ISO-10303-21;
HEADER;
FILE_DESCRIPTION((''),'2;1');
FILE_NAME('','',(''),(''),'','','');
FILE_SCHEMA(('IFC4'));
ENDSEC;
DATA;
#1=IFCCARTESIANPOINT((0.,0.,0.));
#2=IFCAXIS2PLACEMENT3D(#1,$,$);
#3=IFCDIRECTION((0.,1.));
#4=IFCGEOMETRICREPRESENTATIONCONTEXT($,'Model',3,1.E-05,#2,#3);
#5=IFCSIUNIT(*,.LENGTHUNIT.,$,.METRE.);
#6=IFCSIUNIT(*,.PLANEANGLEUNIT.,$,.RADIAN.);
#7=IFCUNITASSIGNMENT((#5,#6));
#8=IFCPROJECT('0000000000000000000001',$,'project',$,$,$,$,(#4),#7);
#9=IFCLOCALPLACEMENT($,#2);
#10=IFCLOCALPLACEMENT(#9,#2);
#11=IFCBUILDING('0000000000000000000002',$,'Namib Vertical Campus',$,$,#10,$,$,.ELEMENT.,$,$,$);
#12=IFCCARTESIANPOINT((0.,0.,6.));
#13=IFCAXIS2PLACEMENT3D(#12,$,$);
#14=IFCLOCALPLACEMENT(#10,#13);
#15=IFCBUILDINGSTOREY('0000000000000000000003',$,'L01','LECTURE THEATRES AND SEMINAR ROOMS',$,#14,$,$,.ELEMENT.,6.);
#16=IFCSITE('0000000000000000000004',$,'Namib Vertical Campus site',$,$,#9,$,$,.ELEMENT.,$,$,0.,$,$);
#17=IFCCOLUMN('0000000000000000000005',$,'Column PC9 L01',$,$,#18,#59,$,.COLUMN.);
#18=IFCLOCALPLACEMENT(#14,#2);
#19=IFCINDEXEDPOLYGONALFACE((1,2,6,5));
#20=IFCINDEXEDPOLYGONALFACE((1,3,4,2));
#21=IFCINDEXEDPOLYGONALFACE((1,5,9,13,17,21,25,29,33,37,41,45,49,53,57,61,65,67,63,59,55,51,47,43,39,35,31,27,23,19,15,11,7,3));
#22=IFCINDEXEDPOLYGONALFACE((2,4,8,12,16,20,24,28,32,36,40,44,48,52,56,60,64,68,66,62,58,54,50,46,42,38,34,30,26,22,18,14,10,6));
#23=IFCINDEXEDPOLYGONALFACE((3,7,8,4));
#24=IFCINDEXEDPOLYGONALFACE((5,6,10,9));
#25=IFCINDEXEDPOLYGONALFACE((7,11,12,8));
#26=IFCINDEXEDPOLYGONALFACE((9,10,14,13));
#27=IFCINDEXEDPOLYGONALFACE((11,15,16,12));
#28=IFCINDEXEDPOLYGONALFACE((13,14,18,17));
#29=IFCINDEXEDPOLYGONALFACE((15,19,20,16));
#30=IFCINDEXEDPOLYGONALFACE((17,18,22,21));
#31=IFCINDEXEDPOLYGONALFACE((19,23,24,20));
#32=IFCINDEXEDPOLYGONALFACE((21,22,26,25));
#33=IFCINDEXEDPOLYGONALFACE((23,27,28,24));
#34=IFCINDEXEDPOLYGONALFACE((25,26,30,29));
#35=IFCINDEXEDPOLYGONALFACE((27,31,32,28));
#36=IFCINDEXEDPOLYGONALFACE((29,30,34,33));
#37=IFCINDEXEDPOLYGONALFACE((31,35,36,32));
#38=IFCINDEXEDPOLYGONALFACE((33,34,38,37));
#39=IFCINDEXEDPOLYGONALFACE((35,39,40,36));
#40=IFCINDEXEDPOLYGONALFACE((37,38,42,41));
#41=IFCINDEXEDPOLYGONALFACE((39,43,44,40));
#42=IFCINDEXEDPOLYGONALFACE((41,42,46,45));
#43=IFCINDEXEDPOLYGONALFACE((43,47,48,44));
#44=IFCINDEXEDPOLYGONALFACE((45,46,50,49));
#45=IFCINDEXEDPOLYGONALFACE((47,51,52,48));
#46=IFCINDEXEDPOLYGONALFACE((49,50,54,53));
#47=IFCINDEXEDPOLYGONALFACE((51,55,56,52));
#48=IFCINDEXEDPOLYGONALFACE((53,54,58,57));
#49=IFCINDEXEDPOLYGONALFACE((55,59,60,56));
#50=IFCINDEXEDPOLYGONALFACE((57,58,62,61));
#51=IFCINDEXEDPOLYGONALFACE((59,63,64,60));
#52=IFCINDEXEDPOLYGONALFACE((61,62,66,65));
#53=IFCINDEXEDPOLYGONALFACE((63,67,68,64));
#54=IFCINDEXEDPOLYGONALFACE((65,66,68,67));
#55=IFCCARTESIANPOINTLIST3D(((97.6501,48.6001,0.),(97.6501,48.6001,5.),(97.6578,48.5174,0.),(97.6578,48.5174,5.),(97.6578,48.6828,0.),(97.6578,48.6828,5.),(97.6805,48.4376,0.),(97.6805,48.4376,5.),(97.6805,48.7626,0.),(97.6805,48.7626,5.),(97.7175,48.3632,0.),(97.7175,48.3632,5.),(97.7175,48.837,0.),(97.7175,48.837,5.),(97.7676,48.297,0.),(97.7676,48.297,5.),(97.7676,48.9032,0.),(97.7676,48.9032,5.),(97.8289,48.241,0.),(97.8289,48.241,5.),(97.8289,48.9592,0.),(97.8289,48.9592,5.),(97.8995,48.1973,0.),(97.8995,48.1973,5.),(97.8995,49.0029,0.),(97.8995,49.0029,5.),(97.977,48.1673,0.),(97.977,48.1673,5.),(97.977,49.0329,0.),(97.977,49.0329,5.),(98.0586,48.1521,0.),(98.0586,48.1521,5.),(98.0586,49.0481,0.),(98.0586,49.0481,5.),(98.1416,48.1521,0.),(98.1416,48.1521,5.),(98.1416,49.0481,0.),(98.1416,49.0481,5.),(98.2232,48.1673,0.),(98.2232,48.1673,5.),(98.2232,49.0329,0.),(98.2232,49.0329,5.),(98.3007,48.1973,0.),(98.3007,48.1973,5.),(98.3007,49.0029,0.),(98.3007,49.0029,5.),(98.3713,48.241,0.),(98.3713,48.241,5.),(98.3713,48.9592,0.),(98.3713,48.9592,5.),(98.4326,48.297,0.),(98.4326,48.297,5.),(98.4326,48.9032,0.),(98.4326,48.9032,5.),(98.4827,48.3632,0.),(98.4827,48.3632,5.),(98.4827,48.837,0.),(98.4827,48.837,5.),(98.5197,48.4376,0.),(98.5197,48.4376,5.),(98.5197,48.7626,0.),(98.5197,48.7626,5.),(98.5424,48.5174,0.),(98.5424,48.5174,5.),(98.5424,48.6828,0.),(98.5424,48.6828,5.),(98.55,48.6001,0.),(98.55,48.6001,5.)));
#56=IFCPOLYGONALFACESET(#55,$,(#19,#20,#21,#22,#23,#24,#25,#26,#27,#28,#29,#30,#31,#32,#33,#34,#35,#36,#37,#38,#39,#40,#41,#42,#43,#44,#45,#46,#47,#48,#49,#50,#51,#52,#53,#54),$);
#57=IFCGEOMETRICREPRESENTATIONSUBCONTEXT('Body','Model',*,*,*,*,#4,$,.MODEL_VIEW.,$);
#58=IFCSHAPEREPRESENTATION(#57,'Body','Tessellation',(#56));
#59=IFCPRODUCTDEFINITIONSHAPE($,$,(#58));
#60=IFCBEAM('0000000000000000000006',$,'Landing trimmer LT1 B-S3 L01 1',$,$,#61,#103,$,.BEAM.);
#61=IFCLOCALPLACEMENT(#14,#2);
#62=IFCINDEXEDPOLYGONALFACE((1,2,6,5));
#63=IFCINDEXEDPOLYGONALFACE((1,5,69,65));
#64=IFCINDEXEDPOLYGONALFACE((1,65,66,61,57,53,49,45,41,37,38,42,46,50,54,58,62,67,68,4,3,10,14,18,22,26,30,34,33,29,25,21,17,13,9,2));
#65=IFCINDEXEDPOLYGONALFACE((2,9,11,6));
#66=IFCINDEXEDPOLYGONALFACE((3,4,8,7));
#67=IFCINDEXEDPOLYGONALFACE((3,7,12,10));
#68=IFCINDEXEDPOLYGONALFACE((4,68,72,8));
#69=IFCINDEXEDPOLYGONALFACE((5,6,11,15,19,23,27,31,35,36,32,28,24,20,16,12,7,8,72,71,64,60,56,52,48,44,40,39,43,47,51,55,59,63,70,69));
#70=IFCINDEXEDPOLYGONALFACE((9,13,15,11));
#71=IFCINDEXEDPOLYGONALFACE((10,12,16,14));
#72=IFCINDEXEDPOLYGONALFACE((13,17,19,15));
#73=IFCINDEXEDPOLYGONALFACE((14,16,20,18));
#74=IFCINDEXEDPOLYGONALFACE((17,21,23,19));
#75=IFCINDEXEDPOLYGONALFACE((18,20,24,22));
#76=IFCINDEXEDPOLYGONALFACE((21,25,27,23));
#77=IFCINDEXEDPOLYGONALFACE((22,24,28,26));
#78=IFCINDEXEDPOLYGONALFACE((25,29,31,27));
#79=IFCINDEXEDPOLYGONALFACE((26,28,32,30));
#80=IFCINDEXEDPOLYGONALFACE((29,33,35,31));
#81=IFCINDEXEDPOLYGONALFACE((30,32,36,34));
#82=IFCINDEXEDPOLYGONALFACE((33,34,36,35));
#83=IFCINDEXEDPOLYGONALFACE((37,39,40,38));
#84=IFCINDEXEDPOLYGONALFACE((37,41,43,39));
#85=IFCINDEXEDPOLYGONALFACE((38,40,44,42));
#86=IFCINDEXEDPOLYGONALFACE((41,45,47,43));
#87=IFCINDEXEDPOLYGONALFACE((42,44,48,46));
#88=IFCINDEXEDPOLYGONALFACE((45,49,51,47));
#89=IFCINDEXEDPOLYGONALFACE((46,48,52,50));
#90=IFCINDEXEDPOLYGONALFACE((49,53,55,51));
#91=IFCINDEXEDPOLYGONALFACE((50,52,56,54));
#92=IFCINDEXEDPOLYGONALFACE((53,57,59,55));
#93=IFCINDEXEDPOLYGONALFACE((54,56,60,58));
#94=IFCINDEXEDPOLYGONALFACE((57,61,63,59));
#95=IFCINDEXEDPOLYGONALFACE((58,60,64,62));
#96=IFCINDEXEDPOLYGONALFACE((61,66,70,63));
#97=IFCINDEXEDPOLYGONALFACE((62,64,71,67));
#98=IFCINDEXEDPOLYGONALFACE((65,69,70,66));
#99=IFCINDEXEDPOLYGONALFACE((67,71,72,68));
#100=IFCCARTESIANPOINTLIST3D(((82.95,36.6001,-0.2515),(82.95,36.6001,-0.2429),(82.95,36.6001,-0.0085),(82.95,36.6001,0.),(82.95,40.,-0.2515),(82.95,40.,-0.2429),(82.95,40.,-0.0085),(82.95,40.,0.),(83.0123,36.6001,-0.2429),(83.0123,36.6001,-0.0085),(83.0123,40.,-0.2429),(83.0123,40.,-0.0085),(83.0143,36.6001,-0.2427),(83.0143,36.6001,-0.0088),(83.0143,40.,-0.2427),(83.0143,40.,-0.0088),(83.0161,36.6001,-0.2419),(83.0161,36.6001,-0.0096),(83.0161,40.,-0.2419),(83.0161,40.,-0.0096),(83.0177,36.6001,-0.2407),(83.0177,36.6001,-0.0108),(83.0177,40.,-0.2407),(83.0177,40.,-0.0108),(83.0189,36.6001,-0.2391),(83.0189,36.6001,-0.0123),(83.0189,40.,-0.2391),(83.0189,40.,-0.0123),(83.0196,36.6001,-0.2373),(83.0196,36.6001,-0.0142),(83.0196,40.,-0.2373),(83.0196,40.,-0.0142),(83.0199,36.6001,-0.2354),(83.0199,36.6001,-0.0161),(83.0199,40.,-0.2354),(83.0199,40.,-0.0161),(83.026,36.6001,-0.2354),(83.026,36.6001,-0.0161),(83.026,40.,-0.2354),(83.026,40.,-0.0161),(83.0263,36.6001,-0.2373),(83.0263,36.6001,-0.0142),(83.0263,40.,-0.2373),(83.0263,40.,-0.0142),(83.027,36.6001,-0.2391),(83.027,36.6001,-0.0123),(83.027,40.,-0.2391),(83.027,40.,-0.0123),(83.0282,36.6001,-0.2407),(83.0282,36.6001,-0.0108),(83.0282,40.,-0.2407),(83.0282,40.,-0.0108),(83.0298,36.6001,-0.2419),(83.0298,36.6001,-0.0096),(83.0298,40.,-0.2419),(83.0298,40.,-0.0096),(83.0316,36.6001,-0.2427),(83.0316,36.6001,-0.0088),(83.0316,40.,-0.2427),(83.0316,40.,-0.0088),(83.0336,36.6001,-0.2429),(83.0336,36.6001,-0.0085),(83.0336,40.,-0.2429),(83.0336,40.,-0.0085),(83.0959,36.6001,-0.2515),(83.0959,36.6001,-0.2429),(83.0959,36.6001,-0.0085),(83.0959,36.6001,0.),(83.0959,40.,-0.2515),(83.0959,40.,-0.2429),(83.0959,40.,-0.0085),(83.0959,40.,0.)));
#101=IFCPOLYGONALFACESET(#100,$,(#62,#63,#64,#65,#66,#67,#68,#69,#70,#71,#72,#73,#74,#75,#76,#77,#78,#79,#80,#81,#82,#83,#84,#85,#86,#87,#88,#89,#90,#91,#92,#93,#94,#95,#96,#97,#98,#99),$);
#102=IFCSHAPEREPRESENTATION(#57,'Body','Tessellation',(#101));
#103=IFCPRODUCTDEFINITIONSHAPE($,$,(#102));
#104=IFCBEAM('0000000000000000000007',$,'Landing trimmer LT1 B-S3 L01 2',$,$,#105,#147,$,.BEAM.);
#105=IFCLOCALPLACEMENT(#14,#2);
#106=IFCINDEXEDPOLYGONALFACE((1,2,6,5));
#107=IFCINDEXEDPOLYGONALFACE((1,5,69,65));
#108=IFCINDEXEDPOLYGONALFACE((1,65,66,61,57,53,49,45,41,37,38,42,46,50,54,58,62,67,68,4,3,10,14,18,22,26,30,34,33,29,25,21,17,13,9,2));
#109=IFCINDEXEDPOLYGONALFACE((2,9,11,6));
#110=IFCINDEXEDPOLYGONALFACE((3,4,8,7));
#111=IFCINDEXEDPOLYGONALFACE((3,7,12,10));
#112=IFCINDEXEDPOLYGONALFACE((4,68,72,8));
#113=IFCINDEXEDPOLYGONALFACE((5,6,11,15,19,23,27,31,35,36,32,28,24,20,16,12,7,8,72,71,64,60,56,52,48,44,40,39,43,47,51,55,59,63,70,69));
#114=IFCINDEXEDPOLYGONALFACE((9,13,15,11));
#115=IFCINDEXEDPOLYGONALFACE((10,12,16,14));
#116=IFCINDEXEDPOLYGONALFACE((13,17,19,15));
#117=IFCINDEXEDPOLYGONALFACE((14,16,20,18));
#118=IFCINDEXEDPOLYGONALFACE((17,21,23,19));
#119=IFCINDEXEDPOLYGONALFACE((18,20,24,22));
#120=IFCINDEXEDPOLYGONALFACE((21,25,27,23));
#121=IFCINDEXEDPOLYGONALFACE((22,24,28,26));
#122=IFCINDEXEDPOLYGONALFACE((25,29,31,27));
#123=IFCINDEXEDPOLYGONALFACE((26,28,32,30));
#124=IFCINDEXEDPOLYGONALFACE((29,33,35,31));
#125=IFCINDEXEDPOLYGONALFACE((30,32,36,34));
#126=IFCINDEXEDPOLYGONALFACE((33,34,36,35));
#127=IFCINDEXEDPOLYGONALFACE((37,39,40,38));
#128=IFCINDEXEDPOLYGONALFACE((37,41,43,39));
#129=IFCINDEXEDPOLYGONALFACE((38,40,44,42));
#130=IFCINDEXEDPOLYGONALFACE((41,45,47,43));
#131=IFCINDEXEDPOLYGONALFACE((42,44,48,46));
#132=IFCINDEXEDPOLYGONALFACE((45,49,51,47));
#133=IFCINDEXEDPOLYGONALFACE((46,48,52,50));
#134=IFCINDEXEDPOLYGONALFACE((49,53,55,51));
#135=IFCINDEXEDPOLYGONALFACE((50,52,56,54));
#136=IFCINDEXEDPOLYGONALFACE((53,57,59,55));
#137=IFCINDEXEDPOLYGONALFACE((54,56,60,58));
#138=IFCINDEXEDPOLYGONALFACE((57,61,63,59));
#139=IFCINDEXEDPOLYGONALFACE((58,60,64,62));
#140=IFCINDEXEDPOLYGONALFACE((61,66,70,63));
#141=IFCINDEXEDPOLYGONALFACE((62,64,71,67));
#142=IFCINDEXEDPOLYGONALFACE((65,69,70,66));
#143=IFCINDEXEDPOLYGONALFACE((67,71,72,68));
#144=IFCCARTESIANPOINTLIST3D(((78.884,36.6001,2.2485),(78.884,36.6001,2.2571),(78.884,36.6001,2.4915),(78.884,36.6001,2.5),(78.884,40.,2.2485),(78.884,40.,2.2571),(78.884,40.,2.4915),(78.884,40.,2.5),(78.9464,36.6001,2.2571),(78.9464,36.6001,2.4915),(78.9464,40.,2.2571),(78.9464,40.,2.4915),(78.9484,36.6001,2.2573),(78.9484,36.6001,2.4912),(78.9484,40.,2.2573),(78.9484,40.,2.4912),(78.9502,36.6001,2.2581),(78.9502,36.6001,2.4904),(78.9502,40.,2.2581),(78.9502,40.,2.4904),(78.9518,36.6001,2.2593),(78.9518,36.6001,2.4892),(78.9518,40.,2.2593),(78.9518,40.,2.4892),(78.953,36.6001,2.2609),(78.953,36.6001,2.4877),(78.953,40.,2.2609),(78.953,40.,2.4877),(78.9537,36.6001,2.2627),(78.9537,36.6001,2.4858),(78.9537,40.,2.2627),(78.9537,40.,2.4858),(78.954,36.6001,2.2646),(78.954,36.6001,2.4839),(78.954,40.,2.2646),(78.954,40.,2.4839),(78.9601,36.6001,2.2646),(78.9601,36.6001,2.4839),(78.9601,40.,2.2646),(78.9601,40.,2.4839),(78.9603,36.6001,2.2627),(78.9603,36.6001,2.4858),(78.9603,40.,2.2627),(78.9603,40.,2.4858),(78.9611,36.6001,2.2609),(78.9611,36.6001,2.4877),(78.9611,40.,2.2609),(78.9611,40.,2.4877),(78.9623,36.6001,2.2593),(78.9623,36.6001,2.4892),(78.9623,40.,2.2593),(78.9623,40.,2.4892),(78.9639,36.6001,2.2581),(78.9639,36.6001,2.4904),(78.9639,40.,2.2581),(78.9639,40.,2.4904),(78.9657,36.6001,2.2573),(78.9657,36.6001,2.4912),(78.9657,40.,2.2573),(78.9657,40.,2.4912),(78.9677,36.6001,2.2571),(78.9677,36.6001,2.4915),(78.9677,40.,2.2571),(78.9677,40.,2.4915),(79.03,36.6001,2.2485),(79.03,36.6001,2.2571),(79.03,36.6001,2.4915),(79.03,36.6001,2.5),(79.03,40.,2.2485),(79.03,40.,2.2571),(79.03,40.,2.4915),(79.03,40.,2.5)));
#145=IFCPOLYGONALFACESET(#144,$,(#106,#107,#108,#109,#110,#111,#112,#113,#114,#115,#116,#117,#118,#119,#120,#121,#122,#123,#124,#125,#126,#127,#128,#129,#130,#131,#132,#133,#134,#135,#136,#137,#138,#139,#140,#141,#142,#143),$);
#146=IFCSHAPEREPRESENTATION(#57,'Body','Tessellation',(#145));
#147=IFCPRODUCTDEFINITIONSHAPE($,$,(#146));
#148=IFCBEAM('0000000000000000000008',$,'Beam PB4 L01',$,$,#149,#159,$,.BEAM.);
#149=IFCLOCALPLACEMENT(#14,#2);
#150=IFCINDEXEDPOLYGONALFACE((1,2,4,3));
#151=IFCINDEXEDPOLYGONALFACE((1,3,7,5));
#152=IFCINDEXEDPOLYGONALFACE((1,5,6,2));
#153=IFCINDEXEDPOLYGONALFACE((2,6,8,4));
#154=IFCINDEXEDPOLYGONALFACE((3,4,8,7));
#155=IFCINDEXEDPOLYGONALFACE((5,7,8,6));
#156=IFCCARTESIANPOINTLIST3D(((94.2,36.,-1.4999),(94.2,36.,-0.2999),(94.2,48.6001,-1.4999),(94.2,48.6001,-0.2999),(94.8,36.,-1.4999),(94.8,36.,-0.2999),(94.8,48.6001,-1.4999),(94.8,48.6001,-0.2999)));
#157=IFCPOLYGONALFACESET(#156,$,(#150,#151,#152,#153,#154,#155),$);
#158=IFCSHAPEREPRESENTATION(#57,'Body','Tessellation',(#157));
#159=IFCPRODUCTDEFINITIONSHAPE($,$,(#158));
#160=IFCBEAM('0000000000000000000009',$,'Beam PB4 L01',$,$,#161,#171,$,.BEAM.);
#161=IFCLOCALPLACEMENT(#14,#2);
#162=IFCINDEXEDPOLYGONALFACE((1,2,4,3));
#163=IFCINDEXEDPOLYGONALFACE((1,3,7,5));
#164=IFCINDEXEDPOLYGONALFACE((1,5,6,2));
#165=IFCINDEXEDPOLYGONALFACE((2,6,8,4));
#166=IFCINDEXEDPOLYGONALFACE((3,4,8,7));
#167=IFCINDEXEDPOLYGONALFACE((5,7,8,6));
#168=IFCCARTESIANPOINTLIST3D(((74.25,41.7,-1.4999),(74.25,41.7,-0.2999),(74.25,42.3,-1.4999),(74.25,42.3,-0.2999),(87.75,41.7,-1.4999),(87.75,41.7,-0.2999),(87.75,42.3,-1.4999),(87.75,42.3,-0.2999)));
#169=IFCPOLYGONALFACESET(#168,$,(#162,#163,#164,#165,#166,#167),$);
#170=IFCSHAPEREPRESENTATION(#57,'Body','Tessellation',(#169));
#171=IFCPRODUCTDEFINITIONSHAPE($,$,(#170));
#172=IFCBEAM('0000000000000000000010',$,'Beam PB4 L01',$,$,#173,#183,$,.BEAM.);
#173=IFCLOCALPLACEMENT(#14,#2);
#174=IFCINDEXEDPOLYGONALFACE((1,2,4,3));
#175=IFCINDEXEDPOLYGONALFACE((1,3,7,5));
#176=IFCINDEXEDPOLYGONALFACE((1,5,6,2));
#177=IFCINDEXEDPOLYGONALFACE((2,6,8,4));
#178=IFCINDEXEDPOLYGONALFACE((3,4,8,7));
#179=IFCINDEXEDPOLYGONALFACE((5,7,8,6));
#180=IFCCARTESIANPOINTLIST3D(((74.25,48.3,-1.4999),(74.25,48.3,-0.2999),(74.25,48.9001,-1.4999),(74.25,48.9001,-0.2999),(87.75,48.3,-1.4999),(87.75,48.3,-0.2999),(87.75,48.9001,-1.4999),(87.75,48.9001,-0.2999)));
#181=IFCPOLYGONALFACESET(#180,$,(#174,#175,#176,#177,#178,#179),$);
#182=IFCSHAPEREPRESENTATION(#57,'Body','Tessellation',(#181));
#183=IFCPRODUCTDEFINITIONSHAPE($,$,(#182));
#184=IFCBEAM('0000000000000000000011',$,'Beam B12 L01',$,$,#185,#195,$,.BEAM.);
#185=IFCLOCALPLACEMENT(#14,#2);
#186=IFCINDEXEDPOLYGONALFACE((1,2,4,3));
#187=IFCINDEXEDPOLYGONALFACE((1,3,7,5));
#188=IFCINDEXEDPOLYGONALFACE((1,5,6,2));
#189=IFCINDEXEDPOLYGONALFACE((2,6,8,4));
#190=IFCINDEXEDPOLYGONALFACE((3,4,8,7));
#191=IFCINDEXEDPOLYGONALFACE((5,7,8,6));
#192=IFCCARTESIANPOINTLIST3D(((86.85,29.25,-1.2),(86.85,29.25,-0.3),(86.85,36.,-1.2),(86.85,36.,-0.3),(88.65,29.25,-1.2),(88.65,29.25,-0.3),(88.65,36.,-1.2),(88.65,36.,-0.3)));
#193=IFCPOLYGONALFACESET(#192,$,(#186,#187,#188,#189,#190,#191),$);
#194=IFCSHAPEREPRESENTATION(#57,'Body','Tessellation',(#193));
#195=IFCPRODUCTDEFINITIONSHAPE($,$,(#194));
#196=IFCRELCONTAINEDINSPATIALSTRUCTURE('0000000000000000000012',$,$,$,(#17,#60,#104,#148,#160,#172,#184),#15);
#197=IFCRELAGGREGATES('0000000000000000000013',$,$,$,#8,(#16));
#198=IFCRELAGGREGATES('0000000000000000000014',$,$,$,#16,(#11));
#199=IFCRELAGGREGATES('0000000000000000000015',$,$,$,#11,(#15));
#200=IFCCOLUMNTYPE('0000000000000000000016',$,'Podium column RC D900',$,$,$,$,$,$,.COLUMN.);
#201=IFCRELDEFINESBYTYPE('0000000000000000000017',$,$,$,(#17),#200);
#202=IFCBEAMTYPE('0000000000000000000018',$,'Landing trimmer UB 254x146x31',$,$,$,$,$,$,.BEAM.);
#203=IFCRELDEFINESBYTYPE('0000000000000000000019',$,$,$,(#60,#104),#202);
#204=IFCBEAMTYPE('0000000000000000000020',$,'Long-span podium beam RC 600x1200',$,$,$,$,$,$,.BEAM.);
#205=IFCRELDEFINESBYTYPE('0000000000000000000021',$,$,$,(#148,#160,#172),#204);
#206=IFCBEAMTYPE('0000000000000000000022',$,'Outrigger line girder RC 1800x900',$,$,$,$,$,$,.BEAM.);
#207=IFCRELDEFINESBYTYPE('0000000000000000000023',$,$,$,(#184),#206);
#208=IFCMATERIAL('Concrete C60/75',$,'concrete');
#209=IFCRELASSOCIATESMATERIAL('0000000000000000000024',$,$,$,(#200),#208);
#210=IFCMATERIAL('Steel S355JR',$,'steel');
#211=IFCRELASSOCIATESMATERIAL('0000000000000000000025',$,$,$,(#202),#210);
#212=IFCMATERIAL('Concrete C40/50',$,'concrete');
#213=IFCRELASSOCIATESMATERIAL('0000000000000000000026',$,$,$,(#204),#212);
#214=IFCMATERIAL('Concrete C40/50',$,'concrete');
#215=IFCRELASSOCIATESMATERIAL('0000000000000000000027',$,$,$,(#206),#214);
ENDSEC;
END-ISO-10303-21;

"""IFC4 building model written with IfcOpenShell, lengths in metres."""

from ifc_helpers import new_model, si_unit, direction, frame, origin, origin_2d, place, context, subcontext, project, spatial, rectangle, circle, i_section, extrude, material, material_profile, profile_set, type_object, element, save


model = new_model("IFC4")

# Units and contexts
model_context = context("Model", 3, precision=1e-05, world=origin(), true_north=direction((0.0, 1.0)))
body_context = subcontext(model_context, "Body", "Model", "MODEL_VIEW")
ifc_project = project(units=[si_unit("LENGTHUNIT", "METRE"), si_unit("PLANEANGLEUNIT", "RADIAN")], contexts=[model_context])

# Site, building, storey
site_placement = place(None, origin())
site = spatial("IfcSite", under=ifc_project, at=site_placement, Name="Namib Vertical Campus site", CompositionType="ELEMENT", RefElevation=0.0)
building_placement = place(site_placement, origin())
building = spatial("IfcBuilding", under=site, at=building_placement, Name="Namib Vertical Campus", CompositionType="ELEMENT")
storey_placement = place(building_placement, frame((0.0, 0.0, 6.0)))
storey = spatial("IfcBuildingStorey", under=building, at=storey_placement, Name="L01", Description="LECTURE THEATRES AND SEMINAR ROOMS", CompositionType="ELEMENT", Elevation=6.0)

# Column
ifc_material_1 = material(Name="Concrete C60/75", Category="concrete")
ifc_material_profile_1 = material_profile(ifc_material_1, circle(Radius=0.45, at=origin_2d()))
ifc_profile_set_1 = profile_set([ifc_material_profile_1], Name="Concrete C60/75")
column_type_1 = type_object("IfcColumnType", Name="Podium column RC D900", PredefinedType="COLUMN", material=ifc_profile_set_1)
for number, where, z_axis, x_axis, name in (
    (1, (98.1001, 48.6001, 0.0), (0.0, 0.0, 1.0), (1.0, 0.0, 0.0), "Column PC9 L01"),
):
    element("IfcColumn", number, at=place(storey_placement, frame(where, z_axis=z_axis, x_axis=x_axis)), inside=storey, type_object=column_type_1, Name=name, PredefinedType="COLUMN", context=body_context, shape_type="SweptSolid", body=[
        extrude(circle(Radius=0.45, at=origin_2d()), origin(), (0.0, 0.0, 1.0), 5.0),
    ])

# Beams
ifc_material_2 = material(Name="Steel S355JR", Category="steel")
ifc_material_profile_2 = material_profile(ifc_material_2, i_section(OverallWidth=0.146, OverallDepth=0.2515, WebThickness=0.0061, FlangeThickness=0.0085, FilletRadius=0.0076, at=origin_2d()))
ifc_profile_set_2 = profile_set([ifc_material_profile_2], Name="Steel S355JR")
beam_type_1 = type_object("IfcBeamType", Name="Landing trimmer UB 254x146x31", PredefinedType="BEAM", material=ifc_profile_set_2)
for number, where, z_axis, x_axis, name in (
    (2, (83.0229, 36.6001, -0.1257), (0.0, 1.0, 0.0), (-1.0, 0.0, 0.0), "Landing trimmer LT1 B-S3 L01 1"),
    (3, (78.957, 36.6001, 2.3743), (0.0, 1.0, 0.0), (-1.0, 0.0, 0.0), "Landing trimmer LT1 B-S3 L01 2"),
):
    element("IfcBeam", number, at=place(storey_placement, frame(where, z_axis=z_axis, x_axis=x_axis)), inside=storey, type_object=beam_type_1, Name=name, PredefinedType="BEAM", context=body_context, shape_type="SweptSolid", body=[
        extrude(i_section(OverallWidth=0.146, OverallDepth=0.2515, WebThickness=0.0061, FlangeThickness=0.0085, FilletRadius=0.0076, at=origin_2d()), origin(), (0.0, 0.0, 1.0), 3.3999),
    ])
ifc_material_3 = material(Name="Concrete C40/50", Category="concrete")
ifc_material_profile_3 = material_profile(ifc_material_3, rectangle(XDim=0.6001, YDim=1.2, at=origin_2d()))
ifc_profile_set_3 = profile_set([ifc_material_profile_3], Name="Concrete C40/50")
beam_type_2 = type_object("IfcBeamType", Name="Long-span podium beam RC 600x1200", PredefinedType="BEAM", material=ifc_profile_set_3)
beam_1_placement = place(storey_placement, frame((94.5, 36.0, -0.8999), z_axis=(0.0, 1.0, 0.0), x_axis=(-1.0, 0.0, 0.0)))
element("IfcBeam", 4, at=beam_1_placement, inside=storey, type_object=beam_type_2, Name="Beam PB4 L01", PredefinedType="BEAM", context=body_context, shape_type="SweptSolid", body=[
    extrude(rectangle(XDim=0.6001, YDim=1.2, at=origin_2d()), origin(), (0.0, 0.0, 1.0), 12.6001),
])
for number, where, z_axis, x_axis, name in (
    (5, (74.25, 42.0, -0.8999), (1.0, 0.0, 0.0), (0.0, 1.0, 0.0), "Beam PB4 L01"),
    (6, (74.25, 48.6001, -0.8999), (1.0, 0.0, 0.0), (0.0, 1.0, 0.0), "Beam PB4 L01"),
):
    element("IfcBeam", number, at=place(storey_placement, frame(where, z_axis=z_axis, x_axis=x_axis)), inside=storey, type_object=beam_type_2, Name=name, PredefinedType="BEAM", context=body_context, shape_type="SweptSolid", body=[
        extrude(rectangle(XDim=0.6001, YDim=1.2, at=origin_2d()), origin(), (0.0, 0.0, 1.0), 13.5),
    ])
ifc_material_4 = material(Name="Concrete C40/50", Category="concrete")
ifc_material_profile_4 = material_profile(ifc_material_4, rectangle(XDim=1.8, YDim=0.8999, at=origin_2d()))
ifc_profile_set_4 = profile_set([ifc_material_profile_4], Name="Concrete C40/50")
beam_type_3 = type_object("IfcBeamType", Name="Outrigger line girder RC 1800x900", PredefinedType="BEAM", material=ifc_profile_set_4)
beam_2_placement = place(storey_placement, frame((87.75, 36.0, -0.75), z_axis=(0.0, -1.0, 0.0), x_axis=(1.0, 0.0, 0.0)))
element("IfcBeam", 7, at=beam_2_placement, inside=storey, type_object=beam_type_3, Name="Beam B12 L01", PredefinedType="BEAM", context=body_context, shape_type="SweptSolid", body=[
    extrude(rectangle(XDim=1.8, YDim=0.8999, at=origin_2d()), origin(), (0.0, 0.0, 1.0), 6.75),
])

save(model, "model.ifc")
